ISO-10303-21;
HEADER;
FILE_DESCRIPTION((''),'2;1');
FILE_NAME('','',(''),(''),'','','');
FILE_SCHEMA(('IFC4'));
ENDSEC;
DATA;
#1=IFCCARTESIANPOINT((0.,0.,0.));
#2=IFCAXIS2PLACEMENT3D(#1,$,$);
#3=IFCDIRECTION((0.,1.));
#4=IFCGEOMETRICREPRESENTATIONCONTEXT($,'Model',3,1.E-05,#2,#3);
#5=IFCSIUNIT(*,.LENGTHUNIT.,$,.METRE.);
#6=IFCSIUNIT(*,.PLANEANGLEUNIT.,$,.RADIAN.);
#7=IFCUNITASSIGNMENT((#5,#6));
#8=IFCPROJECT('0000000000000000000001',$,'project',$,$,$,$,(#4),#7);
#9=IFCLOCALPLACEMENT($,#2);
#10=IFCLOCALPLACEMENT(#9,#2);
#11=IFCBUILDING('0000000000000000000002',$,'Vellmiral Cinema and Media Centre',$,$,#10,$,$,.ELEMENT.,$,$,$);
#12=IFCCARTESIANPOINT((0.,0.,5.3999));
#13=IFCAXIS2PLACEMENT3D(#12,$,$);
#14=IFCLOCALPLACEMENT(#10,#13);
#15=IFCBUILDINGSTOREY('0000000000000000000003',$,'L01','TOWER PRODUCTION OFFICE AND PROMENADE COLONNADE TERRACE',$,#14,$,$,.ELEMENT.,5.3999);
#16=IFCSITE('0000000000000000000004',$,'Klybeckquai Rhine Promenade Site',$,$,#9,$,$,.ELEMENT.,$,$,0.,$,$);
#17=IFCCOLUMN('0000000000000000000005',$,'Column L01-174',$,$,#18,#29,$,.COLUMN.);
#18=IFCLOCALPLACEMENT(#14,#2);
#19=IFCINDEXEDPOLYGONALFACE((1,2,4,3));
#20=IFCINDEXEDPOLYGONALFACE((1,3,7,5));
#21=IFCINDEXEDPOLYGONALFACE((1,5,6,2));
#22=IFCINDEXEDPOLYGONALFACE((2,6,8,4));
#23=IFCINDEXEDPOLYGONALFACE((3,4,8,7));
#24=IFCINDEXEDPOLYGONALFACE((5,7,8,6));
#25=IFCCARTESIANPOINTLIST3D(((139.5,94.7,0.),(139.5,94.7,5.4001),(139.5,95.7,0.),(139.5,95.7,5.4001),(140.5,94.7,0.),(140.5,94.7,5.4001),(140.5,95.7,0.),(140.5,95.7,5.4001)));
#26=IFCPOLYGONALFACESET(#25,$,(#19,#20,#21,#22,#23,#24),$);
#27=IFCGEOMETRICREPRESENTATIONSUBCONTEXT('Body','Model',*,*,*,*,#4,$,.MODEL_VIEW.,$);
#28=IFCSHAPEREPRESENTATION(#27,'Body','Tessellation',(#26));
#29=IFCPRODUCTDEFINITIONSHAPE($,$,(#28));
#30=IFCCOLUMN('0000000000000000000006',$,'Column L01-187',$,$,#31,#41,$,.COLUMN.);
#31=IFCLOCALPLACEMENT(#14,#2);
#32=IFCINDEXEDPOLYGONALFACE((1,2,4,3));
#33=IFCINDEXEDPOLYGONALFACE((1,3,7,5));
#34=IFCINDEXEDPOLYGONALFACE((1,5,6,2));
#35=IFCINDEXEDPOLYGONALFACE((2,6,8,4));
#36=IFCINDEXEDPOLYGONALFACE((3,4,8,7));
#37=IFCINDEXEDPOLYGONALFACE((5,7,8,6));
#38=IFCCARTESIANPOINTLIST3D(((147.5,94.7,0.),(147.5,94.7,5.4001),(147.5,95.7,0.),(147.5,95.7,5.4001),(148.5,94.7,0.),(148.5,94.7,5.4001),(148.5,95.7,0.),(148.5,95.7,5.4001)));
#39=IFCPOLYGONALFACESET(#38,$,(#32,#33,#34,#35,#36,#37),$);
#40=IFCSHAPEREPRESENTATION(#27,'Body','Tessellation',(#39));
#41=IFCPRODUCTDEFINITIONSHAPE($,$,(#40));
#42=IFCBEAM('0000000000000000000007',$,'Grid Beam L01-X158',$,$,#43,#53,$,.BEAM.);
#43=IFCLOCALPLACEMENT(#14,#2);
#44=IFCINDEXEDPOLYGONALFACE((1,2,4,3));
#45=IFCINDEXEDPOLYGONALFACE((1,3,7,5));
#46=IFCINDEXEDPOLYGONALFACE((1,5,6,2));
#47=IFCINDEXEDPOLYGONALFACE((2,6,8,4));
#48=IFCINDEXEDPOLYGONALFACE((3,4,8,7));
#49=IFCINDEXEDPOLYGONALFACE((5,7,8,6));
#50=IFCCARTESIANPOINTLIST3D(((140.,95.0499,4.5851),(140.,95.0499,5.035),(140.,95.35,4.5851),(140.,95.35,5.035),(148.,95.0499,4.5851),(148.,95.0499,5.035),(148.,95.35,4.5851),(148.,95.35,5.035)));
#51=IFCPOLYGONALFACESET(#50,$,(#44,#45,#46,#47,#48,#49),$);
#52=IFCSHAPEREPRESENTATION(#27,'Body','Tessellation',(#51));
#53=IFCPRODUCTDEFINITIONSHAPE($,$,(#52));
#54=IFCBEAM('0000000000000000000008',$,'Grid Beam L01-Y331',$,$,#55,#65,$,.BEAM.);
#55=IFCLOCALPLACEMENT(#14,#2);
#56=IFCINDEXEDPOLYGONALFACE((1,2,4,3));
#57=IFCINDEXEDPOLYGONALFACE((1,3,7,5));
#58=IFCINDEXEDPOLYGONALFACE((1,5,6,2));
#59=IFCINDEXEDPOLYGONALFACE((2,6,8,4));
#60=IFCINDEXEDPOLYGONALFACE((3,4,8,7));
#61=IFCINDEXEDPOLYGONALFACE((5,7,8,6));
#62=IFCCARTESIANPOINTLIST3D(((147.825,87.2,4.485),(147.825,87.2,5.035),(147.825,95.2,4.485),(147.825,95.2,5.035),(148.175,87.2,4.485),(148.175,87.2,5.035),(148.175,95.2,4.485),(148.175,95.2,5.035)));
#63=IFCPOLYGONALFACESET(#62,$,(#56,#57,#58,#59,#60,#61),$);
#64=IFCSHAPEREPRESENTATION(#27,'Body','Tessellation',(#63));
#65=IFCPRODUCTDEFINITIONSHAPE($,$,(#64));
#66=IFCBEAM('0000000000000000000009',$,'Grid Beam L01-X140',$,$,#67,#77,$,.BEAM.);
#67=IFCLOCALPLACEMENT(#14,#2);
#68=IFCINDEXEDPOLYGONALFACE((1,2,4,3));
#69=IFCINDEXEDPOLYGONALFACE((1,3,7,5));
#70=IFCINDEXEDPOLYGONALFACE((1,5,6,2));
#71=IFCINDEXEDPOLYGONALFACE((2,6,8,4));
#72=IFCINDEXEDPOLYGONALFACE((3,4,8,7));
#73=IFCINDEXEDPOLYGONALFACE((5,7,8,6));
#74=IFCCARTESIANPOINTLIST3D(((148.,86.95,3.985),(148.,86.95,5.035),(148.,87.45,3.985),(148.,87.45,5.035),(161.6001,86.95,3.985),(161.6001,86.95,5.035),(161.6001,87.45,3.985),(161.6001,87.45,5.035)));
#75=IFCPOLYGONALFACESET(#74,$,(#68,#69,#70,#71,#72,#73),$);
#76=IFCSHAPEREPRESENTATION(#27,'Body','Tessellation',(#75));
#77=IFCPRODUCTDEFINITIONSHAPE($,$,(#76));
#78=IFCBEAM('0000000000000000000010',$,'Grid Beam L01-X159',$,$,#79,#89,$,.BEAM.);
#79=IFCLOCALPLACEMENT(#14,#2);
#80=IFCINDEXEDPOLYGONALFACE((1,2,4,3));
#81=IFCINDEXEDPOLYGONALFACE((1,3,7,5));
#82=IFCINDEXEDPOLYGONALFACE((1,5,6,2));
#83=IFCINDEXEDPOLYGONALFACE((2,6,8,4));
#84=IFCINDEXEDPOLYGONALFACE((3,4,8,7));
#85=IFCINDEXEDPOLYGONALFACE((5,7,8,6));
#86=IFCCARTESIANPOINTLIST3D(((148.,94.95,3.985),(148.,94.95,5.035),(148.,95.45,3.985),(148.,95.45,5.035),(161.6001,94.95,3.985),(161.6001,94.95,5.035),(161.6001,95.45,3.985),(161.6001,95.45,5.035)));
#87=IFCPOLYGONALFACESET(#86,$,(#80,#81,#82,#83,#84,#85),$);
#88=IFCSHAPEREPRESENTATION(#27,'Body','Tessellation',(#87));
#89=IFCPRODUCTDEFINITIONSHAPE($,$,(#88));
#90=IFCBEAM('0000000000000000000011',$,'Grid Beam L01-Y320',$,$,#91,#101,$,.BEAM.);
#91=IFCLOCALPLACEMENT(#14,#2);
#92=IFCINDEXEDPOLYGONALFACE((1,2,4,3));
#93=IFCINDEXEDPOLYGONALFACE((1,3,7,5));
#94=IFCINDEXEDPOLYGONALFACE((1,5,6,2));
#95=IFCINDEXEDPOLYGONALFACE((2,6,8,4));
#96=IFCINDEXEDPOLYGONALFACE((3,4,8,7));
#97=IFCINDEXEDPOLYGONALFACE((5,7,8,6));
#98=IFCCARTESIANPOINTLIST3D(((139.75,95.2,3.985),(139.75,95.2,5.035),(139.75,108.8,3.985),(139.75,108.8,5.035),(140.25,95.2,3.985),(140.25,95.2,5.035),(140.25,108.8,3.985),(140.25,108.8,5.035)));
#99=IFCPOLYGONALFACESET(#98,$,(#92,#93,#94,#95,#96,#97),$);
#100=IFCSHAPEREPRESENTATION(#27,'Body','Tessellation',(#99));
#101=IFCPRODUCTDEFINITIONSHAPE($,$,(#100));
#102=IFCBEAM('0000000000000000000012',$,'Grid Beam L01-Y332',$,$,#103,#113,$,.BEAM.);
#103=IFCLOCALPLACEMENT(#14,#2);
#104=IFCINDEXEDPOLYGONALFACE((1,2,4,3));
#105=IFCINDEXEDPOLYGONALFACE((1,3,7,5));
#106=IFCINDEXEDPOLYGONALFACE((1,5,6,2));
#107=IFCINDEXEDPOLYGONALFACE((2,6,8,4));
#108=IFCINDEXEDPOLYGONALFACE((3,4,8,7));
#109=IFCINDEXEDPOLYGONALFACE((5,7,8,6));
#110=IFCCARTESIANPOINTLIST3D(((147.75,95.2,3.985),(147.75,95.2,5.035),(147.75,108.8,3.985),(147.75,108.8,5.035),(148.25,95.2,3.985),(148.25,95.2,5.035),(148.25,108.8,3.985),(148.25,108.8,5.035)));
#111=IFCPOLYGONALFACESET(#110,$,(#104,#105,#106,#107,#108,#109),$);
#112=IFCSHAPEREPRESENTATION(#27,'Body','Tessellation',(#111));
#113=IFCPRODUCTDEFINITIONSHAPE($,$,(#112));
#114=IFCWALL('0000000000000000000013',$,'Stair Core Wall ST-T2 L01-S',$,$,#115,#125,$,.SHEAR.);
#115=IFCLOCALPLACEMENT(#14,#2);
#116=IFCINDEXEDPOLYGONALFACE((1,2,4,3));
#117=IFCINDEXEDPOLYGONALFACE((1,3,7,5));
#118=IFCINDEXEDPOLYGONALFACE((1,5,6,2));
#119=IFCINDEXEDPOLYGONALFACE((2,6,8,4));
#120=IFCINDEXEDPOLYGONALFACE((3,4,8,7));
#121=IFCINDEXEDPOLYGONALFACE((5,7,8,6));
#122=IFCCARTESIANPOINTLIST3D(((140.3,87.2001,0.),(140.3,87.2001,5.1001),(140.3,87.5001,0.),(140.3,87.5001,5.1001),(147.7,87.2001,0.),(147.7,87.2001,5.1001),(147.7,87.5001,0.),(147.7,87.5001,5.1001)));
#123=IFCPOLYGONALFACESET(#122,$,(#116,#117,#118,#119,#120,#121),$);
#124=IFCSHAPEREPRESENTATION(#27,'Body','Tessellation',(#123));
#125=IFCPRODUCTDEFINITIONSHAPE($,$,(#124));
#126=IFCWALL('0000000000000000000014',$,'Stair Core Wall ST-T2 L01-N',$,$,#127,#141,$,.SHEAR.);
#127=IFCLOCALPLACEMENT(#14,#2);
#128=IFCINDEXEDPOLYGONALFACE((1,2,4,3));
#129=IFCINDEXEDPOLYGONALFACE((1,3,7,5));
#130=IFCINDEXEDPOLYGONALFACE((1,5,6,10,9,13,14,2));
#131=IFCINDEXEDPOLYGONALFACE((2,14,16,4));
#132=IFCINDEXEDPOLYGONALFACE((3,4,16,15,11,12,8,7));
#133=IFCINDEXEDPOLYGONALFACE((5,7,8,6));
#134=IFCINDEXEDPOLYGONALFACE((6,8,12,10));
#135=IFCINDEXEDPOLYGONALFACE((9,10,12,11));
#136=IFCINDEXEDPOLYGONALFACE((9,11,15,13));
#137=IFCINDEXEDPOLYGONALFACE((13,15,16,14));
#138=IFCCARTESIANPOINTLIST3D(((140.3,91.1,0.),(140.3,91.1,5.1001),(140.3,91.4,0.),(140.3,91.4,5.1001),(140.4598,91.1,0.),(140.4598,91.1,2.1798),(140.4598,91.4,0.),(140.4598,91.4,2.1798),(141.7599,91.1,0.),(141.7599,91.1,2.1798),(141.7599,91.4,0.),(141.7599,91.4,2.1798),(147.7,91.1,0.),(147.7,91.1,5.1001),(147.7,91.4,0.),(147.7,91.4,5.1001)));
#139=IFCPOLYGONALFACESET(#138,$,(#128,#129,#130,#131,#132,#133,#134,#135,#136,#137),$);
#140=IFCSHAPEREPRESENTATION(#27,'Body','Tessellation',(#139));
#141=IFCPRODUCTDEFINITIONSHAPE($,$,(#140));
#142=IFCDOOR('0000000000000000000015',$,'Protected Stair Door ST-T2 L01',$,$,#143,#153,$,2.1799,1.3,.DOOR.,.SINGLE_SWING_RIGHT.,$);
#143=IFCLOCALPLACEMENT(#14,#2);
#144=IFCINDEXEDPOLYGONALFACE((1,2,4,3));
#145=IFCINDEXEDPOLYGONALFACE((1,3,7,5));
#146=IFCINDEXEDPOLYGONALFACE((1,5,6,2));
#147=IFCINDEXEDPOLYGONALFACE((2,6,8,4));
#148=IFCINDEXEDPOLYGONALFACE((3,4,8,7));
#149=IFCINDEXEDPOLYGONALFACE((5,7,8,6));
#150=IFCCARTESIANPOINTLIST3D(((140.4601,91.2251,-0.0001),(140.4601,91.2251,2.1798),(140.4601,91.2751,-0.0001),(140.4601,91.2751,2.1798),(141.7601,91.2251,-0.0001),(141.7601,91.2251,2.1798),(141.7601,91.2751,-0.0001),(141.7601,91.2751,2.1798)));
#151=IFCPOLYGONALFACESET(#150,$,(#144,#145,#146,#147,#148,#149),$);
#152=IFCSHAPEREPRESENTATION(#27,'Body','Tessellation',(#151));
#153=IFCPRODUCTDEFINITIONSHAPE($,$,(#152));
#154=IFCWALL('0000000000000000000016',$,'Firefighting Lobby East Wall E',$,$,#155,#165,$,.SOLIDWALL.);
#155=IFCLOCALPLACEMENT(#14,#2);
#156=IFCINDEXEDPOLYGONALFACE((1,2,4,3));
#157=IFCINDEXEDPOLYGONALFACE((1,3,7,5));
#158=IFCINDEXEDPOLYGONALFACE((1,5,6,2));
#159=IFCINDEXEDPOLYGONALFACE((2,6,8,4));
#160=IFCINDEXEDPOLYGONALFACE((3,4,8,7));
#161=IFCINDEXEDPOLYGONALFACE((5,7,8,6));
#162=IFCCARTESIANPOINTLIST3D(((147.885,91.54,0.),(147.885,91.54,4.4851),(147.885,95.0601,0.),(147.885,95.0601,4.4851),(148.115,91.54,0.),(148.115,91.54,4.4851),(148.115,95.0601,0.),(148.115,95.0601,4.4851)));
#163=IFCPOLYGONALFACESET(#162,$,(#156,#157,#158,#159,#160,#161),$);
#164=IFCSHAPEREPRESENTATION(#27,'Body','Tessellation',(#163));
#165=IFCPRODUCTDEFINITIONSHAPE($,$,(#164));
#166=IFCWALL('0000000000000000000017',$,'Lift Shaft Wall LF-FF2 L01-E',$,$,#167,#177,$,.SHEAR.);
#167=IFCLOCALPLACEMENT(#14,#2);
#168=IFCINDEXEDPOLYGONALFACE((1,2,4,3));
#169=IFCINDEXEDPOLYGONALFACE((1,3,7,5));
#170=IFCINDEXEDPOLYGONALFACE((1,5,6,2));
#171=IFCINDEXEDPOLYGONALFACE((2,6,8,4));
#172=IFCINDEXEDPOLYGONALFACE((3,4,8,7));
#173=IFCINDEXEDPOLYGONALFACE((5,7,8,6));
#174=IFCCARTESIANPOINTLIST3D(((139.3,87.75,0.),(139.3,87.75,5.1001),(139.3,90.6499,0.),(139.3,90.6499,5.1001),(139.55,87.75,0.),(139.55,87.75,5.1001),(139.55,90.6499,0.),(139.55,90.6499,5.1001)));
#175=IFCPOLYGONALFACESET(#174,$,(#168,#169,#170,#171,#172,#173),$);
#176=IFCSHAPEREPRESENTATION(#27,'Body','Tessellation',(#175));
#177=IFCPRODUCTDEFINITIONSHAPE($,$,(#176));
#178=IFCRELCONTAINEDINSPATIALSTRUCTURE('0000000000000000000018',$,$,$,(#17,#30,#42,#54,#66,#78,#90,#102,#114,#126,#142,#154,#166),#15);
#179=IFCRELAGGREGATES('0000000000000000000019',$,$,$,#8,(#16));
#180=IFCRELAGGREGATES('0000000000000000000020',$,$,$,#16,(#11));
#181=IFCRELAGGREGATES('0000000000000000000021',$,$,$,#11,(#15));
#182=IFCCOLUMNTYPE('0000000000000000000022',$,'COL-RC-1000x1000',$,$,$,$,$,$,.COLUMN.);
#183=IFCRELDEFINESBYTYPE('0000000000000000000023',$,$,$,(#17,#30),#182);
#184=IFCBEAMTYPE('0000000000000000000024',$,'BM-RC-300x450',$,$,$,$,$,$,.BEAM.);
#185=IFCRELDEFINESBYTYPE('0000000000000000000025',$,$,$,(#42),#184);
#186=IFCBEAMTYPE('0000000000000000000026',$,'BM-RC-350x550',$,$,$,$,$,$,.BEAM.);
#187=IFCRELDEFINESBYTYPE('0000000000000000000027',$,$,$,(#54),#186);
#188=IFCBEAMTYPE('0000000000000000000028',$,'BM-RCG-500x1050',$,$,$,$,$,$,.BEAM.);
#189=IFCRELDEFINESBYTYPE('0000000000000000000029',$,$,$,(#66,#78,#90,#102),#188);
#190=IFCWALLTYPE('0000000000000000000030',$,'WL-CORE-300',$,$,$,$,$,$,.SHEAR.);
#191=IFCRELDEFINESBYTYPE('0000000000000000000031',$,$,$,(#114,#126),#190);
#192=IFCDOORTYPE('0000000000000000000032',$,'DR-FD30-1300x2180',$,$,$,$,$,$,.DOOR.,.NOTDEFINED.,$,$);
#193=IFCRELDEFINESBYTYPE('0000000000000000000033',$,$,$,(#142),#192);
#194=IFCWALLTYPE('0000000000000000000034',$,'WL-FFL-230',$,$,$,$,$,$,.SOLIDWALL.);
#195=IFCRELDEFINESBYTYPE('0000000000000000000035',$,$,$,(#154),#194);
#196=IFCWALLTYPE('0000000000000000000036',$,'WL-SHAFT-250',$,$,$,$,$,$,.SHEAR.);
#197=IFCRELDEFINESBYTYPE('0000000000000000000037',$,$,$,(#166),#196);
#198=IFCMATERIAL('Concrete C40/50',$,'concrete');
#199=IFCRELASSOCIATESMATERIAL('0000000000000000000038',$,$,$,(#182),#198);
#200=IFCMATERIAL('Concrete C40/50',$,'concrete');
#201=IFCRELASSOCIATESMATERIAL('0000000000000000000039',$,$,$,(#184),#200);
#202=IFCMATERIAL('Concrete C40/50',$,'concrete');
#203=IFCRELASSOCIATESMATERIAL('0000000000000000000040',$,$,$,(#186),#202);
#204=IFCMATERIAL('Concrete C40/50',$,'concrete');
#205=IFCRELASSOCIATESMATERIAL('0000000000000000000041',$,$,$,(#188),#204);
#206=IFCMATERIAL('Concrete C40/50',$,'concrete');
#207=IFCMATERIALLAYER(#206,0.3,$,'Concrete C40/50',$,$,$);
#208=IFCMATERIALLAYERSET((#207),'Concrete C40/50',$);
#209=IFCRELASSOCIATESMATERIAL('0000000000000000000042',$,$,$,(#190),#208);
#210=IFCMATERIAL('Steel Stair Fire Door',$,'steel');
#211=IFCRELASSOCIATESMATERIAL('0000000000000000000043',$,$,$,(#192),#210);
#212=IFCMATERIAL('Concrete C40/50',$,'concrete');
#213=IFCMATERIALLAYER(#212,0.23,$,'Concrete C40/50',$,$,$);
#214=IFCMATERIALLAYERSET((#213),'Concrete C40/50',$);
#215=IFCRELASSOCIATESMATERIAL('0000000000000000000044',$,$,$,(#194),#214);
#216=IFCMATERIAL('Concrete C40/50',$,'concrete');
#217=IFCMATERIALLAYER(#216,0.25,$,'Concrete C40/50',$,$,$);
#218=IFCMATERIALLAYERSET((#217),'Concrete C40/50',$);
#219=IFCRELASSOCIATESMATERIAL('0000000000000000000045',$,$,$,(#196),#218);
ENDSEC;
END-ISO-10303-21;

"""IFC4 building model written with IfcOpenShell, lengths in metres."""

from ifc_helpers import new_model, si_unit, direction, frame, frame_2d, origin, origin_2d, place, context, subcontext, project, spatial, rectangle, extrude, material, layer, layer_set, material_profile, profile_set, type_object, element, fill, save


model = new_model("IFC4")

# Units and contexts
model_context = context("Model", 3, precision=1e-05, world=origin(), true_north=direction((0.0, 1.0)))
body_context = subcontext(model_context, "Body", "Model", "MODEL_VIEW")
ifc_project = project(units=[si_unit("LENGTHUNIT", "METRE"), si_unit("PLANEANGLEUNIT", "RADIAN")], contexts=[model_context])

# Site, building, storey
site_placement = place(None, origin())
site = spatial("IfcSite", under=ifc_project, at=site_placement, Name="Klybeckquai Rhine Promenade Site", CompositionType="ELEMENT", RefElevation=0.0)
building_placement = place(site_placement, origin())
building = spatial("IfcBuilding", under=site, at=building_placement, Name="Vellmiral Cinema and Media Centre", CompositionType="ELEMENT")
storey_placement = place(building_placement, frame((0.0, 0.0, 5.3999)))
storey = spatial("IfcBuildingStorey", under=building, at=storey_placement, Name="L01", Description="TOWER PRODUCTION OFFICE AND PROMENADE COLONNADE TERRACE", CompositionType="ELEMENT", Elevation=5.3999)

# Columns
ifc_material_1 = material(Name="Concrete C40/50", Category="concrete")
ifc_material_profile_1 = material_profile(ifc_material_1, rectangle(XDim=1.0, YDim=1.0, at=origin_2d()), Name="RC 1000x1000")
ifc_profile_set_1 = profile_set([ifc_material_profile_1], Name="Concrete C40/50")
column_type = type_object("IfcColumnType", Name="COL-RC-1000x1000", PredefinedType="COLUMN", material=ifc_profile_set_1)
for number, where, z_axis, x_axis, name in (
    (1, (140.0, 95.2, 0.0), (0.0, 0.0, 1.0), (1.0, 0.0, 0.0), "Column L01-174"),
    (2, (148.0, 95.2, 0.0), (0.0, 0.0, 1.0), (1.0, 0.0, 0.0), "Column L01-187"),
):
    element("IfcColumn", number, at=place(storey_placement, frame(where, z_axis=z_axis, x_axis=x_axis)), inside=storey, type_object=column_type, Name=name, PredefinedType="COLUMN", context=body_context, shape_type="SweptSolid", body=[
        extrude(rectangle(XDim=1.0, YDim=1.0, at=origin_2d()), origin(), (0.0, 0.0, 1.0), 5.4001),
    ])

# Beams
ifc_material_2 = material(Name="Concrete C40/50", Category="concrete")
ifc_material_profile_2 = material_profile(ifc_material_2, rectangle(XDim=0.3, YDim=0.45, at=origin_2d()), Name="RC 300x450")
ifc_profile_set_2 = profile_set([ifc_material_profile_2], Name="Concrete C40/50")
beam_type_1 = type_object("IfcBeamType", Name="BM-RC-300x450", PredefinedType="BEAM", material=ifc_profile_set_2)
beam_1_placement = place(storey_placement, frame((140.0, 95.2, 4.8101), z_axis=(1.0, 0.0, 0.0), x_axis=(0.0, 1.0, 0.0)))
element("IfcBeam", 3, at=beam_1_placement, inside=storey, type_object=beam_type_1, Name="Grid Beam L01-X158", PredefinedType="BEAM", context=body_context, shape_type="SweptSolid", body=[
    extrude(rectangle(XDim=0.3, YDim=0.45, at=origin_2d()), origin(), (0.0, 0.0, 1.0), 8.0),
])
ifc_material_3 = material(Name="Concrete C40/50", Category="concrete")
ifc_material_profile_3 = material_profile(ifc_material_3, rectangle(XDim=0.3501, YDim=0.55, at=origin_2d()), Name="RC 350x550")
ifc_profile_set_3 = profile_set([ifc_material_profile_3], Name="Concrete C40/50")
beam_type_2 = type_object("IfcBeamType", Name="BM-RC-350x550", PredefinedType="BEAM", material=ifc_profile_set_3)
beam_2_placement = place(storey_placement, frame((148.0, 87.2, 4.76), z_axis=(0.0, 1.0, 0.0), x_axis=(-1.0, 0.0, 0.0)))
element("IfcBeam", 4, at=beam_2_placement, inside=storey, type_object=beam_type_2, Name="Grid Beam L01-Y331", PredefinedType="BEAM", context=body_context, shape_type="SweptSolid", body=[
    extrude(rectangle(XDim=0.3501, YDim=0.55, at=origin_2d()), origin(), (0.0, 0.0, 1.0), 8.0),
])
ifc_material_4 = material(Name="Concrete C40/50", Category="concrete")
ifc_material_profile_4 = material_profile(ifc_material_4, rectangle(XDim=0.5, YDim=1.05, at=origin_2d()), Name="RC 500x1050")
ifc_profile_set_4 = profile_set([ifc_material_profile_4], Name="Concrete C40/50")
beam_type_3 = type_object("IfcBeamType", Name="BM-RCG-500x1050", PredefinedType="BEAM", material=ifc_profile_set_4)
for number, where, z_axis, x_axis, name in (
    (5, (148.0, 87.2, 4.51), (1.0, 0.0, 0.0), (0.0, 1.0, 0.0), "Grid Beam L01-X140"),
    (6, (148.0, 95.2, 4.51), (1.0, 0.0, 0.0), (0.0, 1.0, 0.0), "Grid Beam L01-X159"),
    (7, (140.0, 95.2, 4.51), (0.0, 1.0, 0.0), (-1.0, 0.0, 0.0), "Grid Beam L01-Y320"),
    (8, (148.0, 95.2, 4.51), (0.0, 1.0, 0.0), (-1.0, 0.0, 0.0), "Grid Beam L01-Y332"),
):
    element("IfcBeam", number, at=place(storey_placement, frame(where, z_axis=z_axis, x_axis=x_axis)), inside=storey, type_object=beam_type_3, Name=name, PredefinedType="BEAM", context=body_context, shape_type="SweptSolid", body=[
        extrude(rectangle(XDim=0.5, YDim=1.05, at=origin_2d()), origin(), (0.0, 0.0, 1.0), 13.6001),
    ])

# Wall
ifc_material_5 = material(Name="Concrete C40/50", Category="concrete")
ifc_layer_1 = layer(ifc_material_5, 0.3, Name="Concrete C40/50")
ifc_layer_set_1 = layer_set([ifc_layer_1], Name="Concrete C40/50")
wall_type_1 = type_object("IfcWallType", Name="WL-CORE-300", PredefinedType="SHEAR", material=ifc_layer_set_1)
wall_1_placement = place(storey_placement, frame((140.3, 87.3501, 0.0), z_axis=(0.0, 0.0, 1.0), x_axis=(1.0, 0.0, 0.0)))
element("IfcWall", 9, at=wall_1_placement, inside=storey, type_object=wall_type_1, Name="Stair Core Wall ST-T2 L01-S", PredefinedType="SHEAR", context=body_context, shape_type="SweptSolid", body=[
    extrude(rectangle(XDim=7.3999, YDim=0.3, at=frame_2d((3.7, 0.0))), origin(), (0.0, 0.0, 1.0), 5.1001),
])

# Wall, opening, door
wall_2_placement = place(storey_placement, frame((140.3, 91.25, 0.0), z_axis=(0.0, 0.0, 1.0), x_axis=(1.0, 0.0, 0.0)))
wall_2 = element("IfcWall", 10, at=wall_2_placement, inside=storey, type_object=wall_type_1, Name="Stair Core Wall ST-T2 L01-N", PredefinedType="SHEAR", context=body_context, shape_type="SweptSolid", body=[
    extrude(rectangle(XDim=7.3999, YDim=0.3, at=frame_2d((3.7, 0.0))), origin(), (0.0, 0.0, 1.0), 5.1001),
])
opening_placement = place(wall_2_placement, frame((0.1599, 0.0, 0.0)))
opening = element("IfcOpeningElement", 11, at=opening_placement, cuts=wall_2, PredefinedType="OPENING", context=body_context, shape_type="SweptSolid", body=[
    extrude(rectangle(XDim=1.3, YDim=2.1799, at=frame_2d((0.6499, 1.0898))), frame((0.0, 0.1621, 0.0), z_axis=(0.0, -1.0, 0.0), x_axis=(1.0, 0.0, 0.0)), (0.0, 0.0, 1.0), 0.324),
])
ifc_material_6 = material(Name="Steel Stair Fire Door", Category="steel")
door_type = type_object("IfcDoorType", Name="DR-FD30-1300x2180", OperationType="NOTDEFINED", PredefinedType="DOOR", material=ifc_material_6)
door_placement = place(opening_placement, frame((1.3, 0.0, 0.0), z_axis=(0.0, 0.0, 1.0), x_axis=(-1.0, 0.0, 0.0)))
door = element("IfcDoor", 12, at=door_placement, inside=storey, type_object=door_type, Name="Protected Stair Door ST-T2 L01", OperationType="SINGLE_SWING_RIGHT", OverallHeight=2.1799, OverallWidth=1.3, PredefinedType="DOOR", context=body_context, shape_type="SweptSolid", body=[
    extrude(rectangle(XDim=1.3, YDim=2.1799, at=frame_2d((0.6499, 1.0898))), frame((0.0, 0.0249, 0.0), z_axis=(0.0, -1.0, 0.0), x_axis=(1.0, 0.0, 0.0)), (0.0, 0.0, 1.0), 0.05),
])
fill(opening, door)

# Walls
ifc_material_7 = material(Name="Concrete C40/50", Category="concrete")
ifc_layer_2 = layer(ifc_material_7, 0.23, Name="Concrete C40/50")
ifc_layer_set_2 = layer_set([ifc_layer_2], Name="Concrete C40/50")
wall_type_2 = type_object("IfcWallType", Name="WL-FFL-230", PredefinedType="SOLIDWALL", material=ifc_layer_set_2)
wall_3_placement = place(storey_placement, frame((148.0, 91.54, 0.0), z_axis=(0.0, 0.0, 1.0), x_axis=(0.0, 1.0, 0.0)))
element("IfcWall", 13, at=wall_3_placement, inside=storey, type_object=wall_type_2, Name="Firefighting Lobby East Wall E", PredefinedType="SOLIDWALL", context=body_context, shape_type="SweptSolid", body=[
    extrude(rectangle(XDim=3.52, YDim=0.23, at=frame_2d((1.76, 0.0))), origin(), (0.0, 0.0, 1.0), 4.4851),
])
ifc_material_8 = material(Name="Concrete C40/50", Category="concrete")
ifc_layer_3 = layer(ifc_material_8, 0.25, Name="Concrete C40/50")
ifc_layer_set_3 = layer_set([ifc_layer_3], Name="Concrete C40/50")
wall_type_3 = type_object("IfcWallType", Name="WL-SHAFT-250", PredefinedType="SHEAR", material=ifc_layer_set_3)
wall_4_placement = place(storey_placement, frame((139.425, 87.75, 0.0), z_axis=(0.0, 0.0, 1.0), x_axis=(0.0, 1.0, 0.0)))
element("IfcWall", 14, at=wall_4_placement, inside=storey, type_object=wall_type_3, Name="Lift Shaft Wall LF-FF2 L01-E", PredefinedType="SHEAR", context=body_context, shape_type="SweptSolid", body=[
    extrude(rectangle(XDim=2.8999, YDim=0.25, at=frame_2d((1.45, 0.0))), origin(), (0.0, 0.0, 1.0), 5.1001),
])

save(model, "model.ifc")
